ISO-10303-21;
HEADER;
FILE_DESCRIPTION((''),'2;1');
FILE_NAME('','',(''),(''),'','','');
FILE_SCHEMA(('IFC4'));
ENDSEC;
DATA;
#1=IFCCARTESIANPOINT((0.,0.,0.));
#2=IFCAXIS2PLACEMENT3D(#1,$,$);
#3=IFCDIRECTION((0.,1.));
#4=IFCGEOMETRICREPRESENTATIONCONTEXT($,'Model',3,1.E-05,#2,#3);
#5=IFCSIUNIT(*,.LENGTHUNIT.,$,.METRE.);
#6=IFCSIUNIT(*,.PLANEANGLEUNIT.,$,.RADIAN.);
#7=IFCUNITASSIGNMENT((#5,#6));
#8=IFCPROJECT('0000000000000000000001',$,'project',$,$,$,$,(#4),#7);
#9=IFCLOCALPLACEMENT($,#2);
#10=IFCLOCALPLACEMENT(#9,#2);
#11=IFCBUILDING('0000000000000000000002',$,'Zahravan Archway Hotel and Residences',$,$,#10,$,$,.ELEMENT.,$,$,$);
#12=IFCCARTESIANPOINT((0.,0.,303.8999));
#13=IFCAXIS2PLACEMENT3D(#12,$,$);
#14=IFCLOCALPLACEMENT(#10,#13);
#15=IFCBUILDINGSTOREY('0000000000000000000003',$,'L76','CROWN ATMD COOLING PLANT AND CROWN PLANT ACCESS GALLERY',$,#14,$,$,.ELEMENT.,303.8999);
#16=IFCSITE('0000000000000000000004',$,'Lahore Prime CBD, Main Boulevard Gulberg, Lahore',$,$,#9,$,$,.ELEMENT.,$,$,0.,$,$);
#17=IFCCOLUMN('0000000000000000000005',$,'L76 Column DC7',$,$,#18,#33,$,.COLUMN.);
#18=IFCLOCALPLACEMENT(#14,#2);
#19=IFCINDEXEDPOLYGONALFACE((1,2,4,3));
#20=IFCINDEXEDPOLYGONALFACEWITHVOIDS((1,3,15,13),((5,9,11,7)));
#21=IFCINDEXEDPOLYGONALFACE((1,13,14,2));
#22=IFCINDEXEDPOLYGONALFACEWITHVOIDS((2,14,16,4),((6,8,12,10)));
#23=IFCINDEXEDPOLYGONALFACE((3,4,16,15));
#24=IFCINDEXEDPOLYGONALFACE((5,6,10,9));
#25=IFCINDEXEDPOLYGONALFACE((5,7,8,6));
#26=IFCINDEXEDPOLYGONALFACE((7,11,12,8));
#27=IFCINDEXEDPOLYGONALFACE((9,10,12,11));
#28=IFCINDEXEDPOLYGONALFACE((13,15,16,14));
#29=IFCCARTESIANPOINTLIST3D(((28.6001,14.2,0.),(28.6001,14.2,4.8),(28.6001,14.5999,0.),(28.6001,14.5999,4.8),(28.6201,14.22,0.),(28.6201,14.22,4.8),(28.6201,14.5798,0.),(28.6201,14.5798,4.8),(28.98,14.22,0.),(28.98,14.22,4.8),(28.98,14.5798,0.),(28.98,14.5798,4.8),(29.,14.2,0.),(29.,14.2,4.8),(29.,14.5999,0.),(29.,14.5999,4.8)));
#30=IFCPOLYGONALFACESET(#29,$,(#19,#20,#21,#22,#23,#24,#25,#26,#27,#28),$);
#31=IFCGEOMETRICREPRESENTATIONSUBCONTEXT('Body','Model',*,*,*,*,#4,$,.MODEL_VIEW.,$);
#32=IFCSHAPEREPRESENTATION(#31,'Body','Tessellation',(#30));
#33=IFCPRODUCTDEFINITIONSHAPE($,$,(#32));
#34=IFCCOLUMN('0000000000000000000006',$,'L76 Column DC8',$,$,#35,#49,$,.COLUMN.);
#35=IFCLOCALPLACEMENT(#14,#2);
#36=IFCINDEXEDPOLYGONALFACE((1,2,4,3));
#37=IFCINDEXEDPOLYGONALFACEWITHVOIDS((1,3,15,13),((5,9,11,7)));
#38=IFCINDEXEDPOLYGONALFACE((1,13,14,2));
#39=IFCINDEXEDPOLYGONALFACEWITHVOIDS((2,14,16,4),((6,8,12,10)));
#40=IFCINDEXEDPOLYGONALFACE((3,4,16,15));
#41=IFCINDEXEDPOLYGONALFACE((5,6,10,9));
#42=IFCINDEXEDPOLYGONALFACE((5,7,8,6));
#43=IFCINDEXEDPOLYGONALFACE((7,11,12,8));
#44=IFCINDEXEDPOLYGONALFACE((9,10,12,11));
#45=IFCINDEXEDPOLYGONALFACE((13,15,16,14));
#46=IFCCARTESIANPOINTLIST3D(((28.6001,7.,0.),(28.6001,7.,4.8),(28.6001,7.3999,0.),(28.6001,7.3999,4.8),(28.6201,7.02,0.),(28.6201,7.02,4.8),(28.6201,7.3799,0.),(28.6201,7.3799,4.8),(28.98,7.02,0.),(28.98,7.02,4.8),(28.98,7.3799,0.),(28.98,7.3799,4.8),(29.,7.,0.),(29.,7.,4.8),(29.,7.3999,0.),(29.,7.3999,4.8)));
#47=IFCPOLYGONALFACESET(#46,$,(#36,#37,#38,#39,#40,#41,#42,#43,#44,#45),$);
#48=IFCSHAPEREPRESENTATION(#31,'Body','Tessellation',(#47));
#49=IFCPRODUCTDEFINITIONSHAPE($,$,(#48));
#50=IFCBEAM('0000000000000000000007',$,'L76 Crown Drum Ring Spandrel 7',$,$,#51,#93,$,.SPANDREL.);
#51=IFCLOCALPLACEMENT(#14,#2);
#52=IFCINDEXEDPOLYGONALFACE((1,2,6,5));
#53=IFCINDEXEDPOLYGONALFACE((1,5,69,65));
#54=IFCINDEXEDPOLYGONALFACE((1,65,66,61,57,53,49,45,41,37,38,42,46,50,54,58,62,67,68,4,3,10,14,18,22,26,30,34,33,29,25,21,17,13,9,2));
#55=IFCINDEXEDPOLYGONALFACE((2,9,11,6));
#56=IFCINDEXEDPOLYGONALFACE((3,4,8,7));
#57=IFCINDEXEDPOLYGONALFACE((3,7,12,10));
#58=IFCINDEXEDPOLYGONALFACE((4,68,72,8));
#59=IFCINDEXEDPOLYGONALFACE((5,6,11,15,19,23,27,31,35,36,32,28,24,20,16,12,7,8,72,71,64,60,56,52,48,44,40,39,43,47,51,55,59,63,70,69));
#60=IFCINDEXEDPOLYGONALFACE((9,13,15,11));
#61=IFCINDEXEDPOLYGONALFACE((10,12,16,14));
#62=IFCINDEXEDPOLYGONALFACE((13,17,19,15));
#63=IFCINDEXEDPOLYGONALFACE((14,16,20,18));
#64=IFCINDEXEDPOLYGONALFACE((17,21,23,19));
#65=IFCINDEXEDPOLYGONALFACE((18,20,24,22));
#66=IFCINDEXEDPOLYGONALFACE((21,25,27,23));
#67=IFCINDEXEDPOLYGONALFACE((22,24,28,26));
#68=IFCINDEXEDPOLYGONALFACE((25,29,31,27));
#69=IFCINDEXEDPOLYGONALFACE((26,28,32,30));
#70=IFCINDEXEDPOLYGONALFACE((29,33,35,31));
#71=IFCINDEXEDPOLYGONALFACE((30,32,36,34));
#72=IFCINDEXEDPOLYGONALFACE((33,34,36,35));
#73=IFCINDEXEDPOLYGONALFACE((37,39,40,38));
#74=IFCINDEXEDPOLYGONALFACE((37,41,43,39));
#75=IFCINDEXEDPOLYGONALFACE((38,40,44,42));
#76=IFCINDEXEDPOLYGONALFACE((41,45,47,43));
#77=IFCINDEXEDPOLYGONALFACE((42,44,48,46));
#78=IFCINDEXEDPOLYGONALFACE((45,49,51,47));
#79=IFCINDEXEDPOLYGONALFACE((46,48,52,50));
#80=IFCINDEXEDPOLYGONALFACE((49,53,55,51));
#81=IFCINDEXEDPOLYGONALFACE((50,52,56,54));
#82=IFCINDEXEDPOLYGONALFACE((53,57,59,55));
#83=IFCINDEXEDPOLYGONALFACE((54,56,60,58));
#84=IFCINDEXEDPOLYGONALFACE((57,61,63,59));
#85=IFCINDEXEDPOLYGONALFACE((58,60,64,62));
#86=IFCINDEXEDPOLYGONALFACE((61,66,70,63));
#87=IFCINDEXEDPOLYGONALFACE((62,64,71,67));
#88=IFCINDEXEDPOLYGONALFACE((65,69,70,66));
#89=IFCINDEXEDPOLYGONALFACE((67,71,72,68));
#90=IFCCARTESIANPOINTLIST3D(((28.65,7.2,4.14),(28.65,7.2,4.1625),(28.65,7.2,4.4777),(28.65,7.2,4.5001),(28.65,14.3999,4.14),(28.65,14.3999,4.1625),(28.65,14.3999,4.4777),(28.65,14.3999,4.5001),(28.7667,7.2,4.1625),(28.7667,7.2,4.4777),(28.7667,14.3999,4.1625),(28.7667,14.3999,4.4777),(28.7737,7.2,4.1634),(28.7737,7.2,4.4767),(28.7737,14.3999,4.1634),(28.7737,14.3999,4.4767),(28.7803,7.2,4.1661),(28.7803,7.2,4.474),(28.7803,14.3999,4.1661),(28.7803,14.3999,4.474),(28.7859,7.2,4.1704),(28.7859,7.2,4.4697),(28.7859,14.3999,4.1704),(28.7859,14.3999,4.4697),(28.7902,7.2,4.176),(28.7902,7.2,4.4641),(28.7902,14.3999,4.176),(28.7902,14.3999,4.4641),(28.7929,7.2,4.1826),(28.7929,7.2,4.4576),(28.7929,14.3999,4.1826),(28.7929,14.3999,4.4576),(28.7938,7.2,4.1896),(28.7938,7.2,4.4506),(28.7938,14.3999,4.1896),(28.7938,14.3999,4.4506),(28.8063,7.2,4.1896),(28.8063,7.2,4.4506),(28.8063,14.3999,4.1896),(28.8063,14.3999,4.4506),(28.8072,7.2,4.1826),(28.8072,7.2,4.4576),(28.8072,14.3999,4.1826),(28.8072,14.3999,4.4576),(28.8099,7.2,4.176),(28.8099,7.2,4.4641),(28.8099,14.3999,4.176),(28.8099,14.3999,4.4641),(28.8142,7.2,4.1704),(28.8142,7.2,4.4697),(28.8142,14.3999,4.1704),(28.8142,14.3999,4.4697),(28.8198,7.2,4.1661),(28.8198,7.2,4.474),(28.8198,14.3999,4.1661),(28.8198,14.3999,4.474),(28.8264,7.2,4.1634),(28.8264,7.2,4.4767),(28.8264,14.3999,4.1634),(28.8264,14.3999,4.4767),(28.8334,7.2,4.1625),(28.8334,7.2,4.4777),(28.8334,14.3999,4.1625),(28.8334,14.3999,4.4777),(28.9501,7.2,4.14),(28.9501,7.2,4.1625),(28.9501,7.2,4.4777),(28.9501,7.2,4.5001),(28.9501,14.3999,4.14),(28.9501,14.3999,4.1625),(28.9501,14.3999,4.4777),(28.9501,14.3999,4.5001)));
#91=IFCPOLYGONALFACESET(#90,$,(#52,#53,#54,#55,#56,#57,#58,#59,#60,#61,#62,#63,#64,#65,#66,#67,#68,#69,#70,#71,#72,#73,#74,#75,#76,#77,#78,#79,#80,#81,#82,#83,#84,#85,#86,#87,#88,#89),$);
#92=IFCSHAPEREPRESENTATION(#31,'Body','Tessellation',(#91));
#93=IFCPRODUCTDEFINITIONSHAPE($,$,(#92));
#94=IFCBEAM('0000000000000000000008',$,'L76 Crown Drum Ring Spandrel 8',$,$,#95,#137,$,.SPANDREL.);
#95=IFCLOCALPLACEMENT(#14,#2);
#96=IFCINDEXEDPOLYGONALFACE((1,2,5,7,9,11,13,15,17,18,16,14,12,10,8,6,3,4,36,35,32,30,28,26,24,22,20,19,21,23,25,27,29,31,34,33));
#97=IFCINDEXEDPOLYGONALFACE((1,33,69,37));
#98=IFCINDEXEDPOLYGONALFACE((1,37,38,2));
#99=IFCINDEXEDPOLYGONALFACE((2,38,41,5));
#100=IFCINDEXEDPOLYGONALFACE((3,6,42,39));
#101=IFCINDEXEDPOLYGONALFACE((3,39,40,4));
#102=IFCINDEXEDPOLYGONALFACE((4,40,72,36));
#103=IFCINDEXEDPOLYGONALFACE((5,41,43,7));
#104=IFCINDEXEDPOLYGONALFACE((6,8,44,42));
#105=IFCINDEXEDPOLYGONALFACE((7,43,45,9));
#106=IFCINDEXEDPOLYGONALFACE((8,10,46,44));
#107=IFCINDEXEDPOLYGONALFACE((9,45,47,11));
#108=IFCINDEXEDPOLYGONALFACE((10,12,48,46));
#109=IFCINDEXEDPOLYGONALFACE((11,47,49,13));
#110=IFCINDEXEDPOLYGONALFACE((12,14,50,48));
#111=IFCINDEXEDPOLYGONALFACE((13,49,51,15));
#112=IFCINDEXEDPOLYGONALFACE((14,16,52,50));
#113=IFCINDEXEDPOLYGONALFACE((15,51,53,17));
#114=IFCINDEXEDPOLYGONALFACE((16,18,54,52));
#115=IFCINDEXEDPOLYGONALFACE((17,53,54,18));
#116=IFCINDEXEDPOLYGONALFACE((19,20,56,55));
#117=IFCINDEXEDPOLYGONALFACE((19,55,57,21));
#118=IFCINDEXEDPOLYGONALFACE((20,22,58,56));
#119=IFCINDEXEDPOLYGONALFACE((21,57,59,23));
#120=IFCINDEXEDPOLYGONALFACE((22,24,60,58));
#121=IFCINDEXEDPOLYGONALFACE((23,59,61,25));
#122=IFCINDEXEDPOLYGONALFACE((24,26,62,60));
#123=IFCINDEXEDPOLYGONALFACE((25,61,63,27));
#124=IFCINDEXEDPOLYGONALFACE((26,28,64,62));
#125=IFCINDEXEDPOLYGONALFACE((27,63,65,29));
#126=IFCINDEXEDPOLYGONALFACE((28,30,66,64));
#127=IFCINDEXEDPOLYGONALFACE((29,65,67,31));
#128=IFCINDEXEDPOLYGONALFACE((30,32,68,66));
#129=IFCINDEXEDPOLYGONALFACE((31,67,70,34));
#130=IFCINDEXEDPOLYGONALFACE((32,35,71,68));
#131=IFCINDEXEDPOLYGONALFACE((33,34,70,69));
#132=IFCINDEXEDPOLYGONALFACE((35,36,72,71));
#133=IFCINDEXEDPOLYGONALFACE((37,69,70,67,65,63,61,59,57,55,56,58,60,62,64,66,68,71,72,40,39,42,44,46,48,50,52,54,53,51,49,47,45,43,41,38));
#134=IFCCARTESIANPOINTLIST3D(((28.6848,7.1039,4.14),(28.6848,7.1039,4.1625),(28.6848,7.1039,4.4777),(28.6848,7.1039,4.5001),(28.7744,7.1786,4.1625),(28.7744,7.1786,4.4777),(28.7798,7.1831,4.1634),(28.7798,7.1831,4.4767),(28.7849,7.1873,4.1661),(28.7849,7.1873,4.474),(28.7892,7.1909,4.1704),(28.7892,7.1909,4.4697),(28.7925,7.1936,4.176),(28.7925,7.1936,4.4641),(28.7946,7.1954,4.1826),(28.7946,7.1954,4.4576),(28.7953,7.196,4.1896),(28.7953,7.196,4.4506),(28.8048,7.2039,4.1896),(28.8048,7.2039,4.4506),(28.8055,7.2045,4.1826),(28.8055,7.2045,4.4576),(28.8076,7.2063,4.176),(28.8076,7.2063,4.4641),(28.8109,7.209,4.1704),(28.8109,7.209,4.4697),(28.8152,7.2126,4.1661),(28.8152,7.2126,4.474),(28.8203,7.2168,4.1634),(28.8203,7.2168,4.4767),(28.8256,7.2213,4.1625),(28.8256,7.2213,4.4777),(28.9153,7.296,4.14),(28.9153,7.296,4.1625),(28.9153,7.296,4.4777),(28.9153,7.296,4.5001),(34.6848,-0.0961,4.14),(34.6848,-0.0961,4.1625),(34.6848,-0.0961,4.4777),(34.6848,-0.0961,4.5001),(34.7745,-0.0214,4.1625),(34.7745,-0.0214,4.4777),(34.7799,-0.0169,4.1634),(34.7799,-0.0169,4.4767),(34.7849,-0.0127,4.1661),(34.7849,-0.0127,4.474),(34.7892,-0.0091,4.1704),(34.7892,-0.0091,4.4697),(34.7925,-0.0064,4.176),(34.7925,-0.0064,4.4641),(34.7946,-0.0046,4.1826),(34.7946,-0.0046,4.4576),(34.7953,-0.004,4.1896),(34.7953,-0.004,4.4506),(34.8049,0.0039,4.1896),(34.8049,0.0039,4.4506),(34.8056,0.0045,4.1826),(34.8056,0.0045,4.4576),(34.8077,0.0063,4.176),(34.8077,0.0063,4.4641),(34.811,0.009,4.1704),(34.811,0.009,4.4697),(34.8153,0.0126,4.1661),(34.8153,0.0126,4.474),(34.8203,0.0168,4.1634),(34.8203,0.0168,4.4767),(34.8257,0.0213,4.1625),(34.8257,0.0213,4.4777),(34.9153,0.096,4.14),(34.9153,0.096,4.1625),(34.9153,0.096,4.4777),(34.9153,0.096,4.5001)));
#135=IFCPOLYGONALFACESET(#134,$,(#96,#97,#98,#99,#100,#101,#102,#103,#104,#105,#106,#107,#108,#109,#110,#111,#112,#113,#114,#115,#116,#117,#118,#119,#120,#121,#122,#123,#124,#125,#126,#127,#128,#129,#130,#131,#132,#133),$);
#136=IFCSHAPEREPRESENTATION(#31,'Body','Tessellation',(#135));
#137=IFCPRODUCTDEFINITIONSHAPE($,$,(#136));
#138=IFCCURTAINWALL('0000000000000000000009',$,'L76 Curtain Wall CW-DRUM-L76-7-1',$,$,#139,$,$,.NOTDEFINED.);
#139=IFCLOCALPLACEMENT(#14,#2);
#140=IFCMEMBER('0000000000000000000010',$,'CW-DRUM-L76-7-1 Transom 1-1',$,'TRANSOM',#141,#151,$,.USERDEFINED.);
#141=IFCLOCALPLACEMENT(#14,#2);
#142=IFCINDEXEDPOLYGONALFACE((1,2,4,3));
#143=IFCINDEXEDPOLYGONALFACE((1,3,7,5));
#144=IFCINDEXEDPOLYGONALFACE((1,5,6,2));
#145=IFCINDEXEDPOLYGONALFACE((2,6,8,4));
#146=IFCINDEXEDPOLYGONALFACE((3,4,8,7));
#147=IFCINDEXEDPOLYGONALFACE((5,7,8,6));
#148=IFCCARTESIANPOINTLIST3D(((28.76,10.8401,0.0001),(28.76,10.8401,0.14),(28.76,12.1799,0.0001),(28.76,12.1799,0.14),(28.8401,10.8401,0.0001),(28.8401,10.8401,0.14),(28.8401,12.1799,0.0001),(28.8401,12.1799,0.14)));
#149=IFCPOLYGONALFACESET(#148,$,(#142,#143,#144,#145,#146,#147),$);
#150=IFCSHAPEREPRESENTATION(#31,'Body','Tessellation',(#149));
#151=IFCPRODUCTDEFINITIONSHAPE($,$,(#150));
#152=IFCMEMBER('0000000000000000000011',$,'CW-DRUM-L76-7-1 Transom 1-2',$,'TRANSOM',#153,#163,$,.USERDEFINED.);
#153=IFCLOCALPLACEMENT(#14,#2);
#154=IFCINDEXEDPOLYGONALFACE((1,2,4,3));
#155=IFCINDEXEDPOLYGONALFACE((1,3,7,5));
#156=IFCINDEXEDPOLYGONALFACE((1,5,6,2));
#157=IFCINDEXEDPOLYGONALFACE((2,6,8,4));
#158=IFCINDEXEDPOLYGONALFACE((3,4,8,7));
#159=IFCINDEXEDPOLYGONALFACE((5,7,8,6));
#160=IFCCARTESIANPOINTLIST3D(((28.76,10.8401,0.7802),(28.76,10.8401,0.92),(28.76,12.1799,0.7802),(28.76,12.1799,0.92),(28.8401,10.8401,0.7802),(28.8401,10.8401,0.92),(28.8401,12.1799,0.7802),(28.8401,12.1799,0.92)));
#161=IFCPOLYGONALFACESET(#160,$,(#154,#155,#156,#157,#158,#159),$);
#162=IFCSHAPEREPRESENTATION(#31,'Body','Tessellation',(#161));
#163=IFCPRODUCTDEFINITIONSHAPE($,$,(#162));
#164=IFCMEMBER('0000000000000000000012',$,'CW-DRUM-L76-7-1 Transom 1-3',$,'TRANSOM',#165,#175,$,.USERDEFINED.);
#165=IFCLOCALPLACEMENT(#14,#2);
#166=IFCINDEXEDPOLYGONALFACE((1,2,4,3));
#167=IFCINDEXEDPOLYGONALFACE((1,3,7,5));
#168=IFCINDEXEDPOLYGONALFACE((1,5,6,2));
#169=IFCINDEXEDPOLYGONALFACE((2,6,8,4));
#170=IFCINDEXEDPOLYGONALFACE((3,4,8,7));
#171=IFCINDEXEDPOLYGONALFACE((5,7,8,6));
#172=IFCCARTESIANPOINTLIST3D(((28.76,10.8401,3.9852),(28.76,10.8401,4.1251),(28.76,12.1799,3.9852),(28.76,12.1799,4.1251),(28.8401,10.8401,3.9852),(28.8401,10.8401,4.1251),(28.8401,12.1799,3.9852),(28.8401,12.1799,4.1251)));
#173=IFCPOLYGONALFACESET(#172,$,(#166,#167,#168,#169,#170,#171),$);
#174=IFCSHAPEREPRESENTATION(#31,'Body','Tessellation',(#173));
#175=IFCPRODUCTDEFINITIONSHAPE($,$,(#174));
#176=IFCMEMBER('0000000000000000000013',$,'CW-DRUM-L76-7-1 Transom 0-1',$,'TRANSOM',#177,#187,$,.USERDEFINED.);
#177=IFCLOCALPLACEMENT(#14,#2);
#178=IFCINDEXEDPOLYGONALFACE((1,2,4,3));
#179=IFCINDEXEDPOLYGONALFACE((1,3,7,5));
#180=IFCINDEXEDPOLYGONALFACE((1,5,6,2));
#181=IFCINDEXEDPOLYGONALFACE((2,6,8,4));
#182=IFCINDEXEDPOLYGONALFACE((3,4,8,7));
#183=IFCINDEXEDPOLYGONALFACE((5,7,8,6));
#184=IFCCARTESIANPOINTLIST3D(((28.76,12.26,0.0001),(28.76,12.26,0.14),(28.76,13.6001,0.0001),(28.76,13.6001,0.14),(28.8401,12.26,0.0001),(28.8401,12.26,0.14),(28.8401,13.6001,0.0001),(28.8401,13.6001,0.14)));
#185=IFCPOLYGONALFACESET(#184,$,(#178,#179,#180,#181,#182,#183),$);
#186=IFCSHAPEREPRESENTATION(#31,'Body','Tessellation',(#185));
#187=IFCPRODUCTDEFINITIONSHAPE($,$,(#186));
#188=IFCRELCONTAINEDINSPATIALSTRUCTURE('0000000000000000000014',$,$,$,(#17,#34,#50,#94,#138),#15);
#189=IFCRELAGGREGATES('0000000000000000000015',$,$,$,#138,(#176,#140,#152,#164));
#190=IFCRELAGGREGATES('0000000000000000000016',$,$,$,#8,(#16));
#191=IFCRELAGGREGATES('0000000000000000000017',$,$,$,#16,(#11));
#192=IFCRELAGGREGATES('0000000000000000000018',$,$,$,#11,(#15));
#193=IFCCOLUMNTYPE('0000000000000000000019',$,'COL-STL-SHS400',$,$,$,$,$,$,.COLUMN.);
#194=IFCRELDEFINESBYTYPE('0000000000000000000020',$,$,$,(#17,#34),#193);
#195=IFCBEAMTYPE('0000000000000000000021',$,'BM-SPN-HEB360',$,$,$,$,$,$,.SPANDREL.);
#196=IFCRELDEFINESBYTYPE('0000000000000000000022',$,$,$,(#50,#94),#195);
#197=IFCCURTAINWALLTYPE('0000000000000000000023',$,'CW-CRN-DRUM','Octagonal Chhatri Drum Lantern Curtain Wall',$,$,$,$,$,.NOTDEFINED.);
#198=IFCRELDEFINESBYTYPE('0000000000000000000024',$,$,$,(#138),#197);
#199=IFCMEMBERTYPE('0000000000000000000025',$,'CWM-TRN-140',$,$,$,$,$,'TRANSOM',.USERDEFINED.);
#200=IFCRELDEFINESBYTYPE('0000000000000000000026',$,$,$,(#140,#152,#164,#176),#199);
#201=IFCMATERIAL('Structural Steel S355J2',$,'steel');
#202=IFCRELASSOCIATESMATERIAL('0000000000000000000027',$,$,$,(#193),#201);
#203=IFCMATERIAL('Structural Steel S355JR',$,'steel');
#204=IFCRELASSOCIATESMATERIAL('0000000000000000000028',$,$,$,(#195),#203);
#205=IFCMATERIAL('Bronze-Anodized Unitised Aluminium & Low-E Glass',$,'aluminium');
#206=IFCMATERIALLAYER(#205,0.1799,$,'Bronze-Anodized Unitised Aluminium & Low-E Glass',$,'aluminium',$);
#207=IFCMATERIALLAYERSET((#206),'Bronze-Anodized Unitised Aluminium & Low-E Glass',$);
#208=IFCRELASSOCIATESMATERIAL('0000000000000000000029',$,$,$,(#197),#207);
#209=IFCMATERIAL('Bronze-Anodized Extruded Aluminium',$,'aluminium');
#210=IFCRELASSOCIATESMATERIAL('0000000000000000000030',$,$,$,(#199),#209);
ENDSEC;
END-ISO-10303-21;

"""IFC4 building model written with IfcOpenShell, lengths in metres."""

from ifc_helpers import new_model, si_unit, direction, frame, origin, origin_2d, place, context, subcontext, project, spatial, rectangle, hollow_rectangle, i_section, extrude, source, transform, mapped, material, layer, layer_set, material_profile, profile_set, type_object, type_shapes, element, aggregate, save


model = new_model("IFC4")

# Units and contexts
model_context = context("Model", 3, precision=1e-05, world=origin(), true_north=direction((0.0, 1.0)))
body_context = subcontext(model_context, "Body", "Model", "MODEL_VIEW")
ifc_project = project(units=[si_unit("LENGTHUNIT", "METRE"), si_unit("PLANEANGLEUNIT", "RADIAN")], contexts=[model_context])

# Site, building, storey
site_placement = place(None, origin())
site = spatial("IfcSite", under=ifc_project, at=site_placement, Name="Lahore Prime CBD, Main Boulevard Gulberg, Lahore", CompositionType="ELEMENT", RefElevation=0.0)
building_placement = place(site_placement, origin())
building = spatial("IfcBuilding", under=site, at=building_placement, Name="Zahravan Archway Hotel and Residences", CompositionType="ELEMENT")
storey_placement = place(building_placement, frame((0.0, 0.0, 303.8999)))
storey = spatial("IfcBuildingStorey", under=building, at=storey_placement, Name="L76", Description="CROWN ATMD COOLING PLANT AND CROWN PLANT ACCESS GALLERY", CompositionType="ELEMENT", Elevation=303.8999)

# Columns
ifc_material_1 = material(Name="Structural Steel S355J2", Category="steel")
ifc_material_profile_1 = material_profile(ifc_material_1, hollow_rectangle(XDim=0.3999, YDim=0.3999, WallThickness=0.02, at=origin_2d()), Name="SHS 400x400x20", Category="steel")
ifc_profile_set_1 = profile_set([ifc_material_profile_1], Name="Structural Steel S355J2")
column_type = type_object("IfcColumnType", Name="COL-STL-SHS400", PredefinedType="COLUMN", material=ifc_profile_set_1)
shared_shape_1 = source(origin(), body_context, "Body", "SweptSolid", [
    extrude(hollow_rectangle(XDim=0.3999, YDim=0.3999, WallThickness=0.02, at=origin_2d()), origin(), (0.0, 0.0, 1.0), 4.8),
])
for number, where, z_axis, x_axis, name in (
    (1, (28.8, 14.3999, 0.0), (0.0, 0.0, 1.0), (1.0, 0.0, 0.0), "L76 Column DC7"),
    (2, (28.8, 7.2, 0.0), (0.0, 0.0, 1.0), (1.0, 0.0, 0.0), "L76 Column DC8"),
):
    element("IfcColumn", number, at=place(storey_placement, frame(where, z_axis=z_axis, x_axis=x_axis)), inside=storey, type_object=column_type, Name=name, PredefinedType="COLUMN", context=body_context, shape_type="MappedRepresentation", body=[
        mapped(shared_shape_1, transform((0.0, 0.0, 0.0), scale=1.0)),
    ])

# Beams
ifc_material_2 = material(Name="Structural Steel S355JR", Category="steel")
ifc_material_profile_2 = material_profile(ifc_material_2, i_section(OverallWidth=0.3, OverallDepth=0.3601, WebThickness=0.0125, FlangeThickness=0.0225, FilletRadius=0.0271, at=origin_2d()), Name="HEB 360", Category="steel")
ifc_profile_set_2 = profile_set([ifc_material_profile_2], Name="Structural Steel S355JR")
beam_type = type_object("IfcBeamType", Name="BM-SPN-HEB360", PredefinedType="SPANDREL", material=ifc_profile_set_2)
shared_shape_2 = source(origin(), body_context, "Body", "SweptSolid", [
    extrude(i_section(OverallWidth=0.3, OverallDepth=0.3601, WebThickness=0.0125, FlangeThickness=0.0225, FilletRadius=0.0271, at=origin_2d()), origin(), (0.0, 0.0, 1.0), 7.2),
])
type_shapes(beam_type, [shared_shape_2])
beam_1_placement = place(storey_placement, frame((28.8, 14.3999, 4.3201), z_axis=(0.0, -1.0, 0.0), x_axis=(1.0, 0.0, 0.0)))
element("IfcBeam", 3, at=beam_1_placement, inside=storey, type_object=beam_type, Name="L76 Crown Drum Ring Spandrel 7", PredefinedType="SPANDREL", context=body_context, shape_type="MappedRepresentation", body=[
    mapped(shared_shape_2, transform((0.0, 0.0, 0.0), scale=1.0)),
])
shared_shape_3 = source(origin(), body_context, "Body", "SweptSolid", [
    extrude(i_section(OverallWidth=0.3, OverallDepth=0.3601, WebThickness=0.0125, FlangeThickness=0.0225, FilletRadius=0.0271, at=origin_2d()), origin(), (0.0, 0.0, 1.0), 9.3723),
])
beam_2_placement = place(storey_placement, frame((28.8, 7.2, 4.3201), z_axis=(0.640187, -0.768219, 0.0), x_axis=(0.768219, 0.640187, 0.0)))
element("IfcBeam", 4, at=beam_2_placement, inside=storey, type_object=beam_type, Name="L76 Crown Drum Ring Spandrel 8", PredefinedType="SPANDREL", context=body_context, shape_type="MappedRepresentation", body=[
    mapped(shared_shape_3, transform((0.0, 0.0, 0.0), scale=1.0)),
])

# Curtain wall, members
ifc_material_3 = material(Name="Bronze-Anodized Unitised Aluminium & Low-E Glass", Category="aluminium")
ifc_layer_1 = layer(ifc_material_3, 0.1799, Name="Bronze-Anodized Unitised Aluminium & Low-E Glass", Category="aluminium")
ifc_layer_set_1 = layer_set([ifc_layer_1], Name="Bronze-Anodized Unitised Aluminium & Low-E Glass")
curtain_wall_type = type_object("IfcCurtainWallType", Name="CW-CRN-DRUM", Description="Octagonal Chhatri Drum Lantern Curtain Wall", PredefinedType="NOTDEFINED", material=ifc_layer_set_1)
curtain_wall_placement = place(storey_placement, origin())
curtain_wall = element("IfcCurtainWall", 5, at=curtain_wall_placement, inside=storey, type_object=curtain_wall_type, Name="L76 Curtain Wall CW-DRUM-L76-7-1", PredefinedType="NOTDEFINED")
ifc_material_4 = material(Name="Bronze-Anodized Extruded Aluminium", Category="aluminium")
ifc_material_profile_3 = material_profile(ifc_material_4, rectangle(XDim=0.0801, YDim=0.1399, at=origin_2d()), Name="TRN 80x140", Category="aluminium")
ifc_profile_set_3 = profile_set([ifc_material_profile_3], Name="Bronze-Anodized Extruded Aluminium")
member_type_1 = type_object("IfcMemberType", Name="CWM-TRN-140", ElementType="TRANSOM", PredefinedType="USERDEFINED", material=ifc_profile_set_3)
shared_shape_4 = source(origin(), body_context, "Body", "SweptSolid", [
    extrude(rectangle(XDim=0.0801, YDim=0.1399, at=origin_2d()), origin(), (0.0, 0.0, 1.0), 1.3398),
])
member_1_placement = place(storey_placement, frame((28.8, 12.1799, 0.0701), z_axis=(0.0, -1.0, 0.0), x_axis=(1.0, 0.0, 0.0)))
member_1 = element("IfcMember", 6, at=member_1_placement, type_object=member_type_1, Name="CW-DRUM-L76-7-1 Transom 1-1", ObjectType="TRANSOM", PredefinedType="USERDEFINED", context=body_context, shape_type="MappedRepresentation", body=[
    mapped(shared_shape_4, transform((0.0, 0.0, 0.0), scale=1.0)),
])
member_2_placement = place(storey_placement, frame((28.8, 12.1799, 0.8501), z_axis=(0.0, -1.0, 0.0), x_axis=(1.0, 0.0, 0.0)))
member_2 = element("IfcMember", 7, at=member_2_placement, type_object=member_type_1, Name="CW-DRUM-L76-7-1 Transom 1-2", ObjectType="TRANSOM", PredefinedType="USERDEFINED", context=body_context, shape_type="MappedRepresentation", body=[
    mapped(shared_shape_4, transform((0.0, 0.0, 0.0), scale=1.0)),
])
member_3_placement = place(storey_placement, frame((28.8, 12.1799, 4.0552), z_axis=(0.0, -1.0, 0.0), x_axis=(1.0, 0.0, 0.0)))
member_3 = element("IfcMember", 8, at=member_3_placement, type_object=member_type_1, Name="CW-DRUM-L76-7-1 Transom 1-3", ObjectType="TRANSOM", PredefinedType="USERDEFINED", context=body_context, shape_type="MappedRepresentation", body=[
    mapped(shared_shape_4, transform((0.0, 0.0, 0.0), scale=1.0)),
])
shared_shape_5 = source(origin(), body_context, "Body", "SweptSolid", [
    extrude(rectangle(XDim=0.0801, YDim=0.1399, at=origin_2d()), origin(), (0.0, 0.0, 1.0), 1.3401),
])
member_4_placement = place(storey_placement, frame((28.8, 13.6001, 0.0701), z_axis=(0.0, -1.0, 0.0), x_axis=(1.0, 0.0, 0.0)))
member_4 = element("IfcMember", 9, at=member_4_placement, type_object=member_type_1, Name="CW-DRUM-L76-7-1 Transom 0-1", ObjectType="TRANSOM", PredefinedType="USERDEFINED", context=body_context, shape_type="MappedRepresentation", body=[
    mapped(shared_shape_5, transform((0.0, 0.0, 0.0), scale=1.0)),
])

aggregate(curtain_wall, [member_4, member_1, member_2, member_3])

save(model, "model.ifc")
